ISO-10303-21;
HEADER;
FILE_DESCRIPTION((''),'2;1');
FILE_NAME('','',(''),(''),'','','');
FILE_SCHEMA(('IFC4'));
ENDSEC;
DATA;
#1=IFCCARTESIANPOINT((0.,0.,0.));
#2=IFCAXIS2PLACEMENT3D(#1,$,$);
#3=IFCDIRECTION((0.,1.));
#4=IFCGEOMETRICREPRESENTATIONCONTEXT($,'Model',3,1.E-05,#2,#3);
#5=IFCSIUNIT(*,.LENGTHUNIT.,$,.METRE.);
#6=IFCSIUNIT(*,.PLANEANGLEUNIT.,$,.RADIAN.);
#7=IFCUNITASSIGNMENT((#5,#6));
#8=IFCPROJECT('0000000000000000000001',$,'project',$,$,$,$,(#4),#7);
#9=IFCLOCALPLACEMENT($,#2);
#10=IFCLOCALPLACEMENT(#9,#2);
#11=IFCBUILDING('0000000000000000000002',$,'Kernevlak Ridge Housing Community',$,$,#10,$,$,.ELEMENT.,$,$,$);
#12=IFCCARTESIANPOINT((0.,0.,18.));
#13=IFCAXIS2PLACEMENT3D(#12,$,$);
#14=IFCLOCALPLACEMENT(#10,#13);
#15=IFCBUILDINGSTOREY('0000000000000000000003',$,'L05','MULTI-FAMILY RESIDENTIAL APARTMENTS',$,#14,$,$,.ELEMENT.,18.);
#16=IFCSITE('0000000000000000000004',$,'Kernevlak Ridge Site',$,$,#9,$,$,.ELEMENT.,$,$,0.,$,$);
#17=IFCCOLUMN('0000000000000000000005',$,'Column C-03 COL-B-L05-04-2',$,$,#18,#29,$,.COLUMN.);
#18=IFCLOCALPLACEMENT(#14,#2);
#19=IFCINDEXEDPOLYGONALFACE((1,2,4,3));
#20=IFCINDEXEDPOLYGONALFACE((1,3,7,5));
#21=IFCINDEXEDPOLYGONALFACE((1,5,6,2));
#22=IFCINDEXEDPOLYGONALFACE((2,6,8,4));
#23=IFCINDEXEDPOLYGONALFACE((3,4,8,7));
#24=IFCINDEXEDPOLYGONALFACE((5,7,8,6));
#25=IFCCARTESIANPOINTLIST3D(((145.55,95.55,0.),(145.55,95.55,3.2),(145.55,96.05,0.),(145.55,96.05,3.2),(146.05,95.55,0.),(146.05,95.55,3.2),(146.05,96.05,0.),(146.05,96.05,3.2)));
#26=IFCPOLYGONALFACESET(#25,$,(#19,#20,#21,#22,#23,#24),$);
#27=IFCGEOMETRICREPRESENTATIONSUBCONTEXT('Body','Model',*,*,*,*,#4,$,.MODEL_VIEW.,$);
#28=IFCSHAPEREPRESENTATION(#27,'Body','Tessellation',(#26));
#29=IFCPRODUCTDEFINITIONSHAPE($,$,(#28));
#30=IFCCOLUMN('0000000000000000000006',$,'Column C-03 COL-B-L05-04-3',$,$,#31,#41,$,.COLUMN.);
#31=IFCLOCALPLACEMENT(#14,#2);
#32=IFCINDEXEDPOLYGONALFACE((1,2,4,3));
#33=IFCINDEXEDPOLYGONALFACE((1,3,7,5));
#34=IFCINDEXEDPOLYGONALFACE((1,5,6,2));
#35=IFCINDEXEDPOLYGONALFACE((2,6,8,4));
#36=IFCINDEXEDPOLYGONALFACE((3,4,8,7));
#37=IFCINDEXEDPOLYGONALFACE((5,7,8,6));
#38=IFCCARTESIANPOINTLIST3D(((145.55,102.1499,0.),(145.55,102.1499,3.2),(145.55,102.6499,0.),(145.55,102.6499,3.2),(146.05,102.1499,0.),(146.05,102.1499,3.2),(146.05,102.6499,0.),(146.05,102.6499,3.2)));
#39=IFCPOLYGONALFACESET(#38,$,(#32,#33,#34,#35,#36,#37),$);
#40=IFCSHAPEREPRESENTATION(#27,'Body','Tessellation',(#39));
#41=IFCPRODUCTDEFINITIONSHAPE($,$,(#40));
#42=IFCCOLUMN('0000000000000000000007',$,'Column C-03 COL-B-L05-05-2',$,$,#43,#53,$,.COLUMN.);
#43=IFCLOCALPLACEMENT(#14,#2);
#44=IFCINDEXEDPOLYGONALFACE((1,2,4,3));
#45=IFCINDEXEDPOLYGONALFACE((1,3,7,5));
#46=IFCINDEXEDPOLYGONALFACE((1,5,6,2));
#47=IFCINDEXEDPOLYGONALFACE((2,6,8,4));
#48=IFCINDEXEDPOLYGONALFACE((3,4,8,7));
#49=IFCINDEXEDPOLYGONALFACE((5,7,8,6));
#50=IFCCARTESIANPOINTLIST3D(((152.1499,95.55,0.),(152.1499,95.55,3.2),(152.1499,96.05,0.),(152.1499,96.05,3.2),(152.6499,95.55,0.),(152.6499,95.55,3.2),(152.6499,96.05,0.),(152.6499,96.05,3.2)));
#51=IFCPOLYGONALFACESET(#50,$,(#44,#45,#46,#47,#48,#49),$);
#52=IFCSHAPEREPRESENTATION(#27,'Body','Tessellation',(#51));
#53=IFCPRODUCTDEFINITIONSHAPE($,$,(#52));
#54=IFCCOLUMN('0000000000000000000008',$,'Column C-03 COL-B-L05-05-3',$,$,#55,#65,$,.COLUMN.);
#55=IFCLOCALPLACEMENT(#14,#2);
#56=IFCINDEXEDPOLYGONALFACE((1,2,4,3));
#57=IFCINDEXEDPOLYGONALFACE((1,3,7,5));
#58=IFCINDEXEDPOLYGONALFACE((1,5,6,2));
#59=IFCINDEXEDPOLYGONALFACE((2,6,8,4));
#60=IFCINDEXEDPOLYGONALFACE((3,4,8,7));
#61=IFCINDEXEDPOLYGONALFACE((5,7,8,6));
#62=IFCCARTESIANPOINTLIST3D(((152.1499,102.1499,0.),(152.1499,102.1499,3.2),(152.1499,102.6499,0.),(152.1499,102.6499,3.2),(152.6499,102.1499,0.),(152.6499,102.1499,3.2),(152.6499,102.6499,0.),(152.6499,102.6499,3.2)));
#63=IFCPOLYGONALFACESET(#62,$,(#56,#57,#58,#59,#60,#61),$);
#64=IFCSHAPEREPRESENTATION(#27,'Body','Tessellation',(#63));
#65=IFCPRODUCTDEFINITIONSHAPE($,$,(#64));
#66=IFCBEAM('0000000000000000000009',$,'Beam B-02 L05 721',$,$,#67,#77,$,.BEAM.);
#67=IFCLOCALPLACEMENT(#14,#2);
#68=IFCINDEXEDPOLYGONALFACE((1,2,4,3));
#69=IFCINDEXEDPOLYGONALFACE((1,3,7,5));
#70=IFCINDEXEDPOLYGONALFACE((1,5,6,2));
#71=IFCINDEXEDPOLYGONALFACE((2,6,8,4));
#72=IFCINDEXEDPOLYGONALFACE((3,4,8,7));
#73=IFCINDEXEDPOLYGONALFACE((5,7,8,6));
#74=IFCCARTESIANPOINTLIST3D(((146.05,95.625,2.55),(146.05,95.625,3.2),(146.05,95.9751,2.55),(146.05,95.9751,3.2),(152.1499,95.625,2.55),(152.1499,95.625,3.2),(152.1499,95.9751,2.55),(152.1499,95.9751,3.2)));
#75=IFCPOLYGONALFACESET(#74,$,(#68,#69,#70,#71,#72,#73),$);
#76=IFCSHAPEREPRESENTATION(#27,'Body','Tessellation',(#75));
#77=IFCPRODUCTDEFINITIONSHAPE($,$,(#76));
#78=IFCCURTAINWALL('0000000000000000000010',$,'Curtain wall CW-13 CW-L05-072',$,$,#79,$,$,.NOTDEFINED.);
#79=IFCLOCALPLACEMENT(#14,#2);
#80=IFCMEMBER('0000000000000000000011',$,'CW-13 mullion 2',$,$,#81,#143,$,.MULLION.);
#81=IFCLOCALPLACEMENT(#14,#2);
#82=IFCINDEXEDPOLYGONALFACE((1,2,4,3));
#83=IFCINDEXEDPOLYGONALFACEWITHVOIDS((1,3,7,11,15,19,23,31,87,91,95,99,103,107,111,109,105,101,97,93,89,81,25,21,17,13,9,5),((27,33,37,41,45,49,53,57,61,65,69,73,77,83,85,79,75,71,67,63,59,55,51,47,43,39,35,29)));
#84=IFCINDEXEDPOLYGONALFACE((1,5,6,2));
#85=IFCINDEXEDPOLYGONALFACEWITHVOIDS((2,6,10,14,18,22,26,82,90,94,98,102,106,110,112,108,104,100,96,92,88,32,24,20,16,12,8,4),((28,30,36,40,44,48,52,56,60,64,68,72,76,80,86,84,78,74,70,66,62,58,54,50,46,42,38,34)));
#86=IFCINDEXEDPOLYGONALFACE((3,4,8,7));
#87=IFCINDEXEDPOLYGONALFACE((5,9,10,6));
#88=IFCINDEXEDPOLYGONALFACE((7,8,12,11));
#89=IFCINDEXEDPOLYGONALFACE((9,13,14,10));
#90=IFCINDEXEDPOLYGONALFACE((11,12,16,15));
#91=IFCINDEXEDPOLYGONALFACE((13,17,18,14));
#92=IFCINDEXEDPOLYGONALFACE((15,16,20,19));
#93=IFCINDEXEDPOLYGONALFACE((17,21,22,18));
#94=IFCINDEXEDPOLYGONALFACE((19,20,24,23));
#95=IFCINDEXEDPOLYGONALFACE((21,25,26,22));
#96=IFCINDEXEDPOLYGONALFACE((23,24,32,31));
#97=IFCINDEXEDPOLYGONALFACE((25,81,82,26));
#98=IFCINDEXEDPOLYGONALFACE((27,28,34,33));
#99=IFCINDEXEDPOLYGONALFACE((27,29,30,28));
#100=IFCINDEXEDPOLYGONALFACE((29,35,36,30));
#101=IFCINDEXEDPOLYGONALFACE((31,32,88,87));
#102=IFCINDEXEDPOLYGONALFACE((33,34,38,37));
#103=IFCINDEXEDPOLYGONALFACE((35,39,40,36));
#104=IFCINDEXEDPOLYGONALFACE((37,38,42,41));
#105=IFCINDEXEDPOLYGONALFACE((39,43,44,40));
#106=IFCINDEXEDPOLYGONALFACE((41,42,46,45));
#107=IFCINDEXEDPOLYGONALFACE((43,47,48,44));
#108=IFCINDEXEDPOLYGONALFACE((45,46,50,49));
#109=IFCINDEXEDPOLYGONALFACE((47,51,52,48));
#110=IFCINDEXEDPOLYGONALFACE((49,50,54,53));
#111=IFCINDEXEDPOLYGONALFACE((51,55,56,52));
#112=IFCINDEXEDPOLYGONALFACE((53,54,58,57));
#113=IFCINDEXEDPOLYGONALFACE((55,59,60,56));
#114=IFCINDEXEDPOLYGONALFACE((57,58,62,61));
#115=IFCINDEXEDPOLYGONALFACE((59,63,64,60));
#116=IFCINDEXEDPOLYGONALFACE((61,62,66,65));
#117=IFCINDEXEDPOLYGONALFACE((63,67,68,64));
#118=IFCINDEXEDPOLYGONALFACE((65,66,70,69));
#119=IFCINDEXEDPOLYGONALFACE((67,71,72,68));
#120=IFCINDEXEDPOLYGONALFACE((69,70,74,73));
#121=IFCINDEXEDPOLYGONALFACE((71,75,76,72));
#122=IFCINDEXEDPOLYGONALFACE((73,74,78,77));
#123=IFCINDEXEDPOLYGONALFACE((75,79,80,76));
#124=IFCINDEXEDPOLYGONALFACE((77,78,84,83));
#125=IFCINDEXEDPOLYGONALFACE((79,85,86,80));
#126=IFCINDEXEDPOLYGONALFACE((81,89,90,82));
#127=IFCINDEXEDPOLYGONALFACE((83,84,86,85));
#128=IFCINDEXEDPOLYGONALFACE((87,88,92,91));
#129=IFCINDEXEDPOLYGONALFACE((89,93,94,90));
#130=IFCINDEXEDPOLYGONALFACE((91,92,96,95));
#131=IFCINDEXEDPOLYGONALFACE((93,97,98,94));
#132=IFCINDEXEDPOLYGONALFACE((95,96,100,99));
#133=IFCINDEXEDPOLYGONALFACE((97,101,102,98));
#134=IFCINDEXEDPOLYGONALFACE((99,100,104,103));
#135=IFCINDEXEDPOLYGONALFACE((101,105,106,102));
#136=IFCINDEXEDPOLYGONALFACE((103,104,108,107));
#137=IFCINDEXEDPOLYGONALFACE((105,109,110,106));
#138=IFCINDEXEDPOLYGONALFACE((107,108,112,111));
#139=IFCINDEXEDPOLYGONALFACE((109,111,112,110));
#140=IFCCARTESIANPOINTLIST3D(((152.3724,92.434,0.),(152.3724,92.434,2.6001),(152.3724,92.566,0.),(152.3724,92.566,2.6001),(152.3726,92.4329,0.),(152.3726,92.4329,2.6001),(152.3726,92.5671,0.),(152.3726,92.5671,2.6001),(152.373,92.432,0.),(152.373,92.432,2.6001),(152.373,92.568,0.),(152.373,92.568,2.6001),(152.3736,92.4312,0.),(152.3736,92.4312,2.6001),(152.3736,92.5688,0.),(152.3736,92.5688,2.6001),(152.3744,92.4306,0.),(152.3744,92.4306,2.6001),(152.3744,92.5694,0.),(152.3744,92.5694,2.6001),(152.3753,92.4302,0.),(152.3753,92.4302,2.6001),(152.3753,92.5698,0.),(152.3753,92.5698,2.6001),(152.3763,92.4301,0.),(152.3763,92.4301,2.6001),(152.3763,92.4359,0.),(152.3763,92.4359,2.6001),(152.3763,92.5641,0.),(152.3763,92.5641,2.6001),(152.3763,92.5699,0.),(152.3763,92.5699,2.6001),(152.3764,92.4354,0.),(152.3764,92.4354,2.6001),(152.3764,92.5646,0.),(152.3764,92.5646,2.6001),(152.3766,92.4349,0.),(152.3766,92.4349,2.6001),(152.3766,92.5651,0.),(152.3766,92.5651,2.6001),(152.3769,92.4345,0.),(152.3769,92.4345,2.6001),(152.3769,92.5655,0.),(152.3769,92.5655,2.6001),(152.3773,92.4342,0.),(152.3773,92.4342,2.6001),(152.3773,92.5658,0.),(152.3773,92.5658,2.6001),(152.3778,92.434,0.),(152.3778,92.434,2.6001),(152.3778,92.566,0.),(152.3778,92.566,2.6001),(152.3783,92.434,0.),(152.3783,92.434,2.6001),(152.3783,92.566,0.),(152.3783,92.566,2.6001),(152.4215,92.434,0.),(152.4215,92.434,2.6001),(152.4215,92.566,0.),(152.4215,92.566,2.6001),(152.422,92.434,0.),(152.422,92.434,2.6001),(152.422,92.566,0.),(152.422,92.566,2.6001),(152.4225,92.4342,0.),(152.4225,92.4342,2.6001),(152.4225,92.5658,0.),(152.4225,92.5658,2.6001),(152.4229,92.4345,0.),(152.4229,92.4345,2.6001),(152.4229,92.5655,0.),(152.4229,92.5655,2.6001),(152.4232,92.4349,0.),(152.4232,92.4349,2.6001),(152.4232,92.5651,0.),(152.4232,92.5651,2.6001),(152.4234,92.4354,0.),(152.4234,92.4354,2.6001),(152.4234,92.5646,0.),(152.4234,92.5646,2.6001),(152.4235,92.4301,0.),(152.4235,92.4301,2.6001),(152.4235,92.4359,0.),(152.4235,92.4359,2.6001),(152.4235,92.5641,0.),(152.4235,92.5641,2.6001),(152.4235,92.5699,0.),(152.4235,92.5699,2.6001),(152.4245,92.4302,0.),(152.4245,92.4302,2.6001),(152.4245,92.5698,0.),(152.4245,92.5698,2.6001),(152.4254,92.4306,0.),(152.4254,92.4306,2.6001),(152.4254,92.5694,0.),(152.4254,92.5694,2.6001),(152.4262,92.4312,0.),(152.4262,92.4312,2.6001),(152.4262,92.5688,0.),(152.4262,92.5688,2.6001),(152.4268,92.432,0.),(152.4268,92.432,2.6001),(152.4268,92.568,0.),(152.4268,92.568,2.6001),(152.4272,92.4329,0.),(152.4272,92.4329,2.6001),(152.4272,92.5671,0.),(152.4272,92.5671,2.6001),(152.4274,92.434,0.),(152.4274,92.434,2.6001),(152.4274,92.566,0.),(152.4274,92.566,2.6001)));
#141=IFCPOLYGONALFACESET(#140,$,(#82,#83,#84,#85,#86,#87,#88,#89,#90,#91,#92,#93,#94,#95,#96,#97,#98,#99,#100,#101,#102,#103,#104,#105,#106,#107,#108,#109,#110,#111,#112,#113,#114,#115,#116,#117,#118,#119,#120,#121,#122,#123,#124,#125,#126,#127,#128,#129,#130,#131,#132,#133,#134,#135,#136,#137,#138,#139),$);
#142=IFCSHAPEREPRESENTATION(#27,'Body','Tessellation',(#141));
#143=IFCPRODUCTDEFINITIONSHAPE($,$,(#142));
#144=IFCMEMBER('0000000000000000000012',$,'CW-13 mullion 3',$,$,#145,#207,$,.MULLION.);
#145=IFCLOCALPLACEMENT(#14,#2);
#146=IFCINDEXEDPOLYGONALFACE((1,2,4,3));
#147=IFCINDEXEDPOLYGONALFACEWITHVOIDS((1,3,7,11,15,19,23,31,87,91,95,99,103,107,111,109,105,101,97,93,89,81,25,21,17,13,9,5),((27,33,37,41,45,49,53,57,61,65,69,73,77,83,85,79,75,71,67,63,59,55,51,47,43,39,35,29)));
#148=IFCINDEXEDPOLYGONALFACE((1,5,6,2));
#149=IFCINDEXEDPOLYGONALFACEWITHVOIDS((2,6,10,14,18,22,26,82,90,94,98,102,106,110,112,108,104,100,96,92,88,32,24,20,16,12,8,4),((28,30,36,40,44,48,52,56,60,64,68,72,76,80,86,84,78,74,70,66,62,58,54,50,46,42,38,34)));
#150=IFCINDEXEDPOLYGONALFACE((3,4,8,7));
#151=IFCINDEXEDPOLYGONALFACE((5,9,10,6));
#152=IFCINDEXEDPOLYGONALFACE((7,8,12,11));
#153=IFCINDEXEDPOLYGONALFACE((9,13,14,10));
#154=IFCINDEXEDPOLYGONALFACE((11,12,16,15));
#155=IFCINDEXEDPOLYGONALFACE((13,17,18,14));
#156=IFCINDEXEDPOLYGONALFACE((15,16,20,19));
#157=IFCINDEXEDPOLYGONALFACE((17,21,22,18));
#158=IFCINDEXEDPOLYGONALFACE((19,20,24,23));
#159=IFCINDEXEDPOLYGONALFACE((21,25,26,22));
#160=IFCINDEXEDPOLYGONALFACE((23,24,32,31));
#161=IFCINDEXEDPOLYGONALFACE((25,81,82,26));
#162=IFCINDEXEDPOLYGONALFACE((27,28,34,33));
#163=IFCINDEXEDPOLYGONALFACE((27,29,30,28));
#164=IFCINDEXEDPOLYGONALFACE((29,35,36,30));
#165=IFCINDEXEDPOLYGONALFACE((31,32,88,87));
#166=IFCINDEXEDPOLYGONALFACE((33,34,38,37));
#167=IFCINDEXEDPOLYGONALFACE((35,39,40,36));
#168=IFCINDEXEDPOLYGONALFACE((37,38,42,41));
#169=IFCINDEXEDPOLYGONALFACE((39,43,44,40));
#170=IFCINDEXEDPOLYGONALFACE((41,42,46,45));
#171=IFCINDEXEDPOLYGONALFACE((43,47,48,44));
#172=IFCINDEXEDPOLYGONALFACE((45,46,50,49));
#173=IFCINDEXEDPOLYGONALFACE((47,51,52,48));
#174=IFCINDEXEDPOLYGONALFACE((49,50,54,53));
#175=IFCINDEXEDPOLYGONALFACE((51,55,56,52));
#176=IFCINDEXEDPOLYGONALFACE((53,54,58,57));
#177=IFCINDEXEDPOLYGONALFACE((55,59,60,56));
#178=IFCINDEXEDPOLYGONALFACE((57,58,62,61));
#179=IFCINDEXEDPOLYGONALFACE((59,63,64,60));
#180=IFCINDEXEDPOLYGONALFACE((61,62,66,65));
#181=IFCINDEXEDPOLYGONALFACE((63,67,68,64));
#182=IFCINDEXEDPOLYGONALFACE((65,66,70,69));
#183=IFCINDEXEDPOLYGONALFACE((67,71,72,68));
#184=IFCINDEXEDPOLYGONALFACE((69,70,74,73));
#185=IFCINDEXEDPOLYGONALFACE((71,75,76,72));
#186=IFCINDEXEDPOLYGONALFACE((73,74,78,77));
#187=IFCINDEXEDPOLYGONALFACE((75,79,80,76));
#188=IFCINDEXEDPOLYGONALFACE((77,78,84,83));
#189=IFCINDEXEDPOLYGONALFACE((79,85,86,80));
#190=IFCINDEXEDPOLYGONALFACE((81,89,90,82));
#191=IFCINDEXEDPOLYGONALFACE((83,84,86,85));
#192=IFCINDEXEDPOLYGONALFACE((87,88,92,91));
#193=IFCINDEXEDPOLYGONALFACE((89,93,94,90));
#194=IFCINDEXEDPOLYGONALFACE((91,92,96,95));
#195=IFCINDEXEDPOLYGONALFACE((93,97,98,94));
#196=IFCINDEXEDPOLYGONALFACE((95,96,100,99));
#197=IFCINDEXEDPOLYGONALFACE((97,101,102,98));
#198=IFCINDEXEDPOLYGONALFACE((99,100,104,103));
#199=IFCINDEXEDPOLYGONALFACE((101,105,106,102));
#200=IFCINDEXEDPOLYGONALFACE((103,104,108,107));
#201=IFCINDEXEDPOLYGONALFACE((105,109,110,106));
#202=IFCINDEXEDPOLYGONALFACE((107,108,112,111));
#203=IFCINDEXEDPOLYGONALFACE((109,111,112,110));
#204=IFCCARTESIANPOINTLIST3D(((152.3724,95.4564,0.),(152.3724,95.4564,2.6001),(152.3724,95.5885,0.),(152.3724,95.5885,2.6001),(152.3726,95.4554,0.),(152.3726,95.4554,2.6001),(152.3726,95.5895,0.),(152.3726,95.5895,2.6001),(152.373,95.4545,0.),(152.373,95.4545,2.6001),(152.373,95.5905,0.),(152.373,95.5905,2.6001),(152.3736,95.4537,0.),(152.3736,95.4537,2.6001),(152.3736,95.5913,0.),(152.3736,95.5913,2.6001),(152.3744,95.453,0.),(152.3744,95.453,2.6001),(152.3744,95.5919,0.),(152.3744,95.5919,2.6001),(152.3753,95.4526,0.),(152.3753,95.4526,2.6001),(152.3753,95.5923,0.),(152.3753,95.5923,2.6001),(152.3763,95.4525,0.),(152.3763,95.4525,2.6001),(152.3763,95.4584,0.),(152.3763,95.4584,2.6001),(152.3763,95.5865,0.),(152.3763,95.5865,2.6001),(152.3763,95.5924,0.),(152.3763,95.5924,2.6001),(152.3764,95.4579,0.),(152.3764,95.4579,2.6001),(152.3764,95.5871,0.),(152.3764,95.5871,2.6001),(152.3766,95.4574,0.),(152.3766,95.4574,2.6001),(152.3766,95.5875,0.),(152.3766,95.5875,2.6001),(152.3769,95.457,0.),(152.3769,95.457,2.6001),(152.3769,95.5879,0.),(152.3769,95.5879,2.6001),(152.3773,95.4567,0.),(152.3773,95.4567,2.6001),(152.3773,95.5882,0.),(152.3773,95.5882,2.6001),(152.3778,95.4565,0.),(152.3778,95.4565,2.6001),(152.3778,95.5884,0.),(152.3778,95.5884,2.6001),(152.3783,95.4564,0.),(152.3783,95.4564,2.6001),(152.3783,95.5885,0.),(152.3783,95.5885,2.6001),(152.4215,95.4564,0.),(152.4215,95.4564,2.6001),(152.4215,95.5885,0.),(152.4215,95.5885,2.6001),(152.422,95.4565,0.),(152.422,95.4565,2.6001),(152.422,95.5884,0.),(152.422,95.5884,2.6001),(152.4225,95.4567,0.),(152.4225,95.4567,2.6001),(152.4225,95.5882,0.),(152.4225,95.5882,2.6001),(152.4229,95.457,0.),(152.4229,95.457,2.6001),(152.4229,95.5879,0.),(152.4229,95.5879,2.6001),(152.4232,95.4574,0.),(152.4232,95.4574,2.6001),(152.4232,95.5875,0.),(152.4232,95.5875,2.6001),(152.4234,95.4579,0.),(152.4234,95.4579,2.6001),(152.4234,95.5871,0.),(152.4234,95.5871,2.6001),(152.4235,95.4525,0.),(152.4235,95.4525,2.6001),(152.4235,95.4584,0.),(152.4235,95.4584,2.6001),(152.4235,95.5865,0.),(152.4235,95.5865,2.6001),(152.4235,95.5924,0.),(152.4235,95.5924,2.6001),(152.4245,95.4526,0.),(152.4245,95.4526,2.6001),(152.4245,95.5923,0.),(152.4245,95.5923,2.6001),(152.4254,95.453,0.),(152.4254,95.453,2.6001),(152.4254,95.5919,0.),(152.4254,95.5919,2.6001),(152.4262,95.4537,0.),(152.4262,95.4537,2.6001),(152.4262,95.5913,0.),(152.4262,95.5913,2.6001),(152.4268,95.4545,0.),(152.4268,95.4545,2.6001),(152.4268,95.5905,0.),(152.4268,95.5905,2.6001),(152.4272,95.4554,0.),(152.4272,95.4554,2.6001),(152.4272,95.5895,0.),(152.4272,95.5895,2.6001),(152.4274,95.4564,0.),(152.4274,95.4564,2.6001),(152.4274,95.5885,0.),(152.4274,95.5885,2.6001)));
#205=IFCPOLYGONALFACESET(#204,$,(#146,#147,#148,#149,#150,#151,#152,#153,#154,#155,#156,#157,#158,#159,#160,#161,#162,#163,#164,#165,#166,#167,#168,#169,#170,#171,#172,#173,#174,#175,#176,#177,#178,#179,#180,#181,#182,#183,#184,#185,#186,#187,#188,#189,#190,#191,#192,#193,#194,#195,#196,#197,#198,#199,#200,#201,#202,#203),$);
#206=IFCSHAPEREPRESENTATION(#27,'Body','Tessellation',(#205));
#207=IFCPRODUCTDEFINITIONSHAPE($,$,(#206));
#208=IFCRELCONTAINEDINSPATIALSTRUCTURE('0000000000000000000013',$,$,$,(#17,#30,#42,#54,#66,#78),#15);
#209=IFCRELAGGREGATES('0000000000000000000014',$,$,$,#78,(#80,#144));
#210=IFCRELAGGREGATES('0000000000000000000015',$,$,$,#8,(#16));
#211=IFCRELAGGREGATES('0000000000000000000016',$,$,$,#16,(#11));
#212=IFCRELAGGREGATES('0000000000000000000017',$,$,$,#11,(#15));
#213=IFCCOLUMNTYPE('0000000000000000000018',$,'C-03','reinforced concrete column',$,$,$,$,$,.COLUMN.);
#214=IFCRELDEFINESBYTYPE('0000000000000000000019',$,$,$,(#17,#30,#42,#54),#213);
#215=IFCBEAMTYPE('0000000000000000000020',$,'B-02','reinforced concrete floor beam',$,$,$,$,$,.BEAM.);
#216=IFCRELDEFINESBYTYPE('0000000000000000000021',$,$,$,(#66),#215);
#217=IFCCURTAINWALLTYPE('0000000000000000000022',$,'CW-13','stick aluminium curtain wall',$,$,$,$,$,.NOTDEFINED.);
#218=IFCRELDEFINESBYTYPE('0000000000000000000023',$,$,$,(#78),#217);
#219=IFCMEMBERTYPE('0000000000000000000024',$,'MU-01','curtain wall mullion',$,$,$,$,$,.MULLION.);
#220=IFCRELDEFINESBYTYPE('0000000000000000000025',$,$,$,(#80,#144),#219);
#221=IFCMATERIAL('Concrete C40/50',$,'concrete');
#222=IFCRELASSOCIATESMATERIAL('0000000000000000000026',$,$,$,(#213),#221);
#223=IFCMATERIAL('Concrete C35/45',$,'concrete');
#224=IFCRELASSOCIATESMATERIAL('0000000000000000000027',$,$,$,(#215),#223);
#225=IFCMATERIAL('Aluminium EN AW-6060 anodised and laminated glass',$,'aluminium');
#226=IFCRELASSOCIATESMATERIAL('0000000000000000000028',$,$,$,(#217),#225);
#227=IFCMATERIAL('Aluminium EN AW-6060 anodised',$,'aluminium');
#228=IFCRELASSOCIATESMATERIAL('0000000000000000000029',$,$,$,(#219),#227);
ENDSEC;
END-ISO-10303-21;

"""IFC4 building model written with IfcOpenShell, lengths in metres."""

from ifc_helpers import new_model, si_unit, direction, frame, origin, origin_2d, place, context, subcontext, project, spatial, rectangle, hollow_rectangle, extrude, material, material_profile, profile_set, type_object, element, aggregate, save


model = new_model("IFC4")

# Units and contexts
model_context = context("Model", 3, precision=1e-05, world=origin(), true_north=direction((0.0, 1.0)))
body_context = subcontext(model_context, "Body", "Model", "MODEL_VIEW")
ifc_project = project(units=[si_unit("LENGTHUNIT", "METRE"), si_unit("PLANEANGLEUNIT", "RADIAN")], contexts=[model_context])

# Site, building, storey
site_placement = place(None, origin())
site = spatial("IfcSite", under=ifc_project, at=site_placement, Name="Kernevlak Ridge Site", CompositionType="ELEMENT", RefElevation=0.0)
building_placement = place(site_placement, origin())
building = spatial("IfcBuilding", under=site, at=building_placement, Name="Kernevlak Ridge Housing Community", CompositionType="ELEMENT")
storey_placement = place(building_placement, frame((0.0, 0.0, 18.0)))
storey = spatial("IfcBuildingStorey", under=building, at=storey_placement, Name="L05", Description="MULTI-FAMILY RESIDENTIAL APARTMENTS", CompositionType="ELEMENT", Elevation=18.0)

# Columns
ifc_material_1 = material(Name="Concrete C40/50", Category="concrete")
ifc_material_profile_1 = material_profile(ifc_material_1, rectangle(XDim=0.5, YDim=0.5, at=origin_2d()), Name="RC 500x500")
ifc_profile_set_1 = profile_set([ifc_material_profile_1], Name="Concrete C40/50")
column_type = type_object("IfcColumnType", Name="C-03", Description="reinforced concrete column", PredefinedType="COLUMN", material=ifc_profile_set_1)
for number, where, z_axis, x_axis, name in (
    (1, (145.8, 95.8, 0.0), (0.0, 0.0, 1.0), (1.0, 0.0, 0.0), "Column C-03 COL-B-L05-04-2"),
    (2, (145.8, 102.3999, 0.0), (0.0, 0.0, 1.0), (1.0, 0.0, 0.0), "Column C-03 COL-B-L05-04-3"),
    (3, (152.3999, 95.8, 0.0), (0.0, 0.0, 1.0), (1.0, 0.0, 0.0), "Column C-03 COL-B-L05-05-2"),
    (4, (152.3999, 102.3999, 0.0), (0.0, 0.0, 1.0), (1.0, 0.0, 0.0), "Column C-03 COL-B-L05-05-3"),
):
    element("IfcColumn", number, at=place(storey_placement, frame(where, z_axis=z_axis, x_axis=x_axis)), inside=storey, type_object=column_type, Name=name, PredefinedType="COLUMN", context=body_context, shape_type="SweptSolid", body=[
        extrude(rectangle(XDim=0.5, YDim=0.5, at=origin_2d()), origin(), (0.0, 0.0, 1.0), 3.2),
    ])

# Beam
ifc_material_2 = material(Name="Concrete C35/45", Category="concrete")
ifc_material_profile_2 = material_profile(ifc_material_2, rectangle(XDim=0.3501, YDim=0.6499, at=origin_2d()), Name="RC 350x650")
ifc_profile_set_2 = profile_set([ifc_material_profile_2], Name="Concrete C35/45")
beam_type_1 = type_object("IfcBeamType", Name="B-02", Description="reinforced concrete floor beam", PredefinedType="BEAM", material=ifc_profile_set_2)
beam_placement = place(storey_placement, frame((146.05, 95.8, 2.875), z_axis=(1.0, 0.0, 0.0), x_axis=(0.0, 1.0, 0.0)))
element("IfcBeam", 5, at=beam_placement, inside=storey, type_object=beam_type_1, Name="Beam B-02 L05 721", PredefinedType="BEAM", context=body_context, shape_type="SweptSolid", body=[
    extrude(rectangle(XDim=0.3501, YDim=0.6499, at=origin_2d()), origin(), (0.0, 0.0, 1.0), 6.0999),
])

# Curtain wall, members
ifc_material_3 = material(Name="Aluminium EN AW-6060 anodised and laminated glass", Category="aluminium")
curtain_wall_type = type_object("IfcCurtainWallType", Name="CW-13", Description="stick aluminium curtain wall", PredefinedType="NOTDEFINED", material=ifc_material_3)
curtain_wall_placement = place(storey_placement, origin())
curtain_wall = element("IfcCurtainWall", 6, at=curtain_wall_placement, inside=storey, type_object=curtain_wall_type, Name="Curtain wall CW-13 CW-L05-072", PredefinedType="NOTDEFINED")
ifc_material_4 = material(Name="Aluminium EN AW-6060 anodised", Category="aluminium")
ifc_material_profile_3 = material_profile(ifc_material_4, hollow_rectangle(XDim=0.0549, YDim=0.1399, WallThickness=0.0039, InnerFilletRadius=0.002, OuterFilletRadius=0.0039, at=origin_2d()), Name="ALU 55x140x4")
ifc_profile_set_3 = profile_set([ifc_material_profile_3], Name="Aluminium EN AW-6060 anodised")
member_type_1 = type_object("IfcMemberType", Name="MU-01", Description="curtain wall mullion", PredefinedType="MULLION", material=ifc_profile_set_3)
member_1_placement = place(storey_placement, frame((152.3999, 92.5, 0.0), z_axis=(0.0, 0.0, 1.0), x_axis=(-1.0, 0.0, 0.0)))
member_1 = element("IfcMember", 7, at=member_1_placement, type_object=member_type_1, Name="CW-13 mullion 2", PredefinedType="MULLION", context=body_context, shape_type="SweptSolid", body=[
    extrude(hollow_rectangle(XDim=0.0549, YDim=0.1399, WallThickness=0.0039, InnerFilletRadius=0.002, OuterFilletRadius=0.0039, at=origin_2d()), origin(), (0.0, 0.0, 1.0), 2.6001),
])
member_2_placement = place(storey_placement, frame((152.3999, 95.5225, 0.0), z_axis=(0.0, 0.0, 1.0), x_axis=(-1.0, 0.0, 0.0)))
member_2 = element("IfcMember", 8, at=member_2_placement, type_object=member_type_1, Name="CW-13 mullion 3", PredefinedType="MULLION", context=body_context, shape_type="SweptSolid", body=[
    extrude(hollow_rectangle(XDim=0.0549, YDim=0.1399, WallThickness=0.0039, InnerFilletRadius=0.002, OuterFilletRadius=0.0039, at=origin_2d()), origin(), (0.0, 0.0, 1.0), 2.6001),
])

aggregate(curtain_wall, [member_1, member_2])

save(model, "model.ifc")
